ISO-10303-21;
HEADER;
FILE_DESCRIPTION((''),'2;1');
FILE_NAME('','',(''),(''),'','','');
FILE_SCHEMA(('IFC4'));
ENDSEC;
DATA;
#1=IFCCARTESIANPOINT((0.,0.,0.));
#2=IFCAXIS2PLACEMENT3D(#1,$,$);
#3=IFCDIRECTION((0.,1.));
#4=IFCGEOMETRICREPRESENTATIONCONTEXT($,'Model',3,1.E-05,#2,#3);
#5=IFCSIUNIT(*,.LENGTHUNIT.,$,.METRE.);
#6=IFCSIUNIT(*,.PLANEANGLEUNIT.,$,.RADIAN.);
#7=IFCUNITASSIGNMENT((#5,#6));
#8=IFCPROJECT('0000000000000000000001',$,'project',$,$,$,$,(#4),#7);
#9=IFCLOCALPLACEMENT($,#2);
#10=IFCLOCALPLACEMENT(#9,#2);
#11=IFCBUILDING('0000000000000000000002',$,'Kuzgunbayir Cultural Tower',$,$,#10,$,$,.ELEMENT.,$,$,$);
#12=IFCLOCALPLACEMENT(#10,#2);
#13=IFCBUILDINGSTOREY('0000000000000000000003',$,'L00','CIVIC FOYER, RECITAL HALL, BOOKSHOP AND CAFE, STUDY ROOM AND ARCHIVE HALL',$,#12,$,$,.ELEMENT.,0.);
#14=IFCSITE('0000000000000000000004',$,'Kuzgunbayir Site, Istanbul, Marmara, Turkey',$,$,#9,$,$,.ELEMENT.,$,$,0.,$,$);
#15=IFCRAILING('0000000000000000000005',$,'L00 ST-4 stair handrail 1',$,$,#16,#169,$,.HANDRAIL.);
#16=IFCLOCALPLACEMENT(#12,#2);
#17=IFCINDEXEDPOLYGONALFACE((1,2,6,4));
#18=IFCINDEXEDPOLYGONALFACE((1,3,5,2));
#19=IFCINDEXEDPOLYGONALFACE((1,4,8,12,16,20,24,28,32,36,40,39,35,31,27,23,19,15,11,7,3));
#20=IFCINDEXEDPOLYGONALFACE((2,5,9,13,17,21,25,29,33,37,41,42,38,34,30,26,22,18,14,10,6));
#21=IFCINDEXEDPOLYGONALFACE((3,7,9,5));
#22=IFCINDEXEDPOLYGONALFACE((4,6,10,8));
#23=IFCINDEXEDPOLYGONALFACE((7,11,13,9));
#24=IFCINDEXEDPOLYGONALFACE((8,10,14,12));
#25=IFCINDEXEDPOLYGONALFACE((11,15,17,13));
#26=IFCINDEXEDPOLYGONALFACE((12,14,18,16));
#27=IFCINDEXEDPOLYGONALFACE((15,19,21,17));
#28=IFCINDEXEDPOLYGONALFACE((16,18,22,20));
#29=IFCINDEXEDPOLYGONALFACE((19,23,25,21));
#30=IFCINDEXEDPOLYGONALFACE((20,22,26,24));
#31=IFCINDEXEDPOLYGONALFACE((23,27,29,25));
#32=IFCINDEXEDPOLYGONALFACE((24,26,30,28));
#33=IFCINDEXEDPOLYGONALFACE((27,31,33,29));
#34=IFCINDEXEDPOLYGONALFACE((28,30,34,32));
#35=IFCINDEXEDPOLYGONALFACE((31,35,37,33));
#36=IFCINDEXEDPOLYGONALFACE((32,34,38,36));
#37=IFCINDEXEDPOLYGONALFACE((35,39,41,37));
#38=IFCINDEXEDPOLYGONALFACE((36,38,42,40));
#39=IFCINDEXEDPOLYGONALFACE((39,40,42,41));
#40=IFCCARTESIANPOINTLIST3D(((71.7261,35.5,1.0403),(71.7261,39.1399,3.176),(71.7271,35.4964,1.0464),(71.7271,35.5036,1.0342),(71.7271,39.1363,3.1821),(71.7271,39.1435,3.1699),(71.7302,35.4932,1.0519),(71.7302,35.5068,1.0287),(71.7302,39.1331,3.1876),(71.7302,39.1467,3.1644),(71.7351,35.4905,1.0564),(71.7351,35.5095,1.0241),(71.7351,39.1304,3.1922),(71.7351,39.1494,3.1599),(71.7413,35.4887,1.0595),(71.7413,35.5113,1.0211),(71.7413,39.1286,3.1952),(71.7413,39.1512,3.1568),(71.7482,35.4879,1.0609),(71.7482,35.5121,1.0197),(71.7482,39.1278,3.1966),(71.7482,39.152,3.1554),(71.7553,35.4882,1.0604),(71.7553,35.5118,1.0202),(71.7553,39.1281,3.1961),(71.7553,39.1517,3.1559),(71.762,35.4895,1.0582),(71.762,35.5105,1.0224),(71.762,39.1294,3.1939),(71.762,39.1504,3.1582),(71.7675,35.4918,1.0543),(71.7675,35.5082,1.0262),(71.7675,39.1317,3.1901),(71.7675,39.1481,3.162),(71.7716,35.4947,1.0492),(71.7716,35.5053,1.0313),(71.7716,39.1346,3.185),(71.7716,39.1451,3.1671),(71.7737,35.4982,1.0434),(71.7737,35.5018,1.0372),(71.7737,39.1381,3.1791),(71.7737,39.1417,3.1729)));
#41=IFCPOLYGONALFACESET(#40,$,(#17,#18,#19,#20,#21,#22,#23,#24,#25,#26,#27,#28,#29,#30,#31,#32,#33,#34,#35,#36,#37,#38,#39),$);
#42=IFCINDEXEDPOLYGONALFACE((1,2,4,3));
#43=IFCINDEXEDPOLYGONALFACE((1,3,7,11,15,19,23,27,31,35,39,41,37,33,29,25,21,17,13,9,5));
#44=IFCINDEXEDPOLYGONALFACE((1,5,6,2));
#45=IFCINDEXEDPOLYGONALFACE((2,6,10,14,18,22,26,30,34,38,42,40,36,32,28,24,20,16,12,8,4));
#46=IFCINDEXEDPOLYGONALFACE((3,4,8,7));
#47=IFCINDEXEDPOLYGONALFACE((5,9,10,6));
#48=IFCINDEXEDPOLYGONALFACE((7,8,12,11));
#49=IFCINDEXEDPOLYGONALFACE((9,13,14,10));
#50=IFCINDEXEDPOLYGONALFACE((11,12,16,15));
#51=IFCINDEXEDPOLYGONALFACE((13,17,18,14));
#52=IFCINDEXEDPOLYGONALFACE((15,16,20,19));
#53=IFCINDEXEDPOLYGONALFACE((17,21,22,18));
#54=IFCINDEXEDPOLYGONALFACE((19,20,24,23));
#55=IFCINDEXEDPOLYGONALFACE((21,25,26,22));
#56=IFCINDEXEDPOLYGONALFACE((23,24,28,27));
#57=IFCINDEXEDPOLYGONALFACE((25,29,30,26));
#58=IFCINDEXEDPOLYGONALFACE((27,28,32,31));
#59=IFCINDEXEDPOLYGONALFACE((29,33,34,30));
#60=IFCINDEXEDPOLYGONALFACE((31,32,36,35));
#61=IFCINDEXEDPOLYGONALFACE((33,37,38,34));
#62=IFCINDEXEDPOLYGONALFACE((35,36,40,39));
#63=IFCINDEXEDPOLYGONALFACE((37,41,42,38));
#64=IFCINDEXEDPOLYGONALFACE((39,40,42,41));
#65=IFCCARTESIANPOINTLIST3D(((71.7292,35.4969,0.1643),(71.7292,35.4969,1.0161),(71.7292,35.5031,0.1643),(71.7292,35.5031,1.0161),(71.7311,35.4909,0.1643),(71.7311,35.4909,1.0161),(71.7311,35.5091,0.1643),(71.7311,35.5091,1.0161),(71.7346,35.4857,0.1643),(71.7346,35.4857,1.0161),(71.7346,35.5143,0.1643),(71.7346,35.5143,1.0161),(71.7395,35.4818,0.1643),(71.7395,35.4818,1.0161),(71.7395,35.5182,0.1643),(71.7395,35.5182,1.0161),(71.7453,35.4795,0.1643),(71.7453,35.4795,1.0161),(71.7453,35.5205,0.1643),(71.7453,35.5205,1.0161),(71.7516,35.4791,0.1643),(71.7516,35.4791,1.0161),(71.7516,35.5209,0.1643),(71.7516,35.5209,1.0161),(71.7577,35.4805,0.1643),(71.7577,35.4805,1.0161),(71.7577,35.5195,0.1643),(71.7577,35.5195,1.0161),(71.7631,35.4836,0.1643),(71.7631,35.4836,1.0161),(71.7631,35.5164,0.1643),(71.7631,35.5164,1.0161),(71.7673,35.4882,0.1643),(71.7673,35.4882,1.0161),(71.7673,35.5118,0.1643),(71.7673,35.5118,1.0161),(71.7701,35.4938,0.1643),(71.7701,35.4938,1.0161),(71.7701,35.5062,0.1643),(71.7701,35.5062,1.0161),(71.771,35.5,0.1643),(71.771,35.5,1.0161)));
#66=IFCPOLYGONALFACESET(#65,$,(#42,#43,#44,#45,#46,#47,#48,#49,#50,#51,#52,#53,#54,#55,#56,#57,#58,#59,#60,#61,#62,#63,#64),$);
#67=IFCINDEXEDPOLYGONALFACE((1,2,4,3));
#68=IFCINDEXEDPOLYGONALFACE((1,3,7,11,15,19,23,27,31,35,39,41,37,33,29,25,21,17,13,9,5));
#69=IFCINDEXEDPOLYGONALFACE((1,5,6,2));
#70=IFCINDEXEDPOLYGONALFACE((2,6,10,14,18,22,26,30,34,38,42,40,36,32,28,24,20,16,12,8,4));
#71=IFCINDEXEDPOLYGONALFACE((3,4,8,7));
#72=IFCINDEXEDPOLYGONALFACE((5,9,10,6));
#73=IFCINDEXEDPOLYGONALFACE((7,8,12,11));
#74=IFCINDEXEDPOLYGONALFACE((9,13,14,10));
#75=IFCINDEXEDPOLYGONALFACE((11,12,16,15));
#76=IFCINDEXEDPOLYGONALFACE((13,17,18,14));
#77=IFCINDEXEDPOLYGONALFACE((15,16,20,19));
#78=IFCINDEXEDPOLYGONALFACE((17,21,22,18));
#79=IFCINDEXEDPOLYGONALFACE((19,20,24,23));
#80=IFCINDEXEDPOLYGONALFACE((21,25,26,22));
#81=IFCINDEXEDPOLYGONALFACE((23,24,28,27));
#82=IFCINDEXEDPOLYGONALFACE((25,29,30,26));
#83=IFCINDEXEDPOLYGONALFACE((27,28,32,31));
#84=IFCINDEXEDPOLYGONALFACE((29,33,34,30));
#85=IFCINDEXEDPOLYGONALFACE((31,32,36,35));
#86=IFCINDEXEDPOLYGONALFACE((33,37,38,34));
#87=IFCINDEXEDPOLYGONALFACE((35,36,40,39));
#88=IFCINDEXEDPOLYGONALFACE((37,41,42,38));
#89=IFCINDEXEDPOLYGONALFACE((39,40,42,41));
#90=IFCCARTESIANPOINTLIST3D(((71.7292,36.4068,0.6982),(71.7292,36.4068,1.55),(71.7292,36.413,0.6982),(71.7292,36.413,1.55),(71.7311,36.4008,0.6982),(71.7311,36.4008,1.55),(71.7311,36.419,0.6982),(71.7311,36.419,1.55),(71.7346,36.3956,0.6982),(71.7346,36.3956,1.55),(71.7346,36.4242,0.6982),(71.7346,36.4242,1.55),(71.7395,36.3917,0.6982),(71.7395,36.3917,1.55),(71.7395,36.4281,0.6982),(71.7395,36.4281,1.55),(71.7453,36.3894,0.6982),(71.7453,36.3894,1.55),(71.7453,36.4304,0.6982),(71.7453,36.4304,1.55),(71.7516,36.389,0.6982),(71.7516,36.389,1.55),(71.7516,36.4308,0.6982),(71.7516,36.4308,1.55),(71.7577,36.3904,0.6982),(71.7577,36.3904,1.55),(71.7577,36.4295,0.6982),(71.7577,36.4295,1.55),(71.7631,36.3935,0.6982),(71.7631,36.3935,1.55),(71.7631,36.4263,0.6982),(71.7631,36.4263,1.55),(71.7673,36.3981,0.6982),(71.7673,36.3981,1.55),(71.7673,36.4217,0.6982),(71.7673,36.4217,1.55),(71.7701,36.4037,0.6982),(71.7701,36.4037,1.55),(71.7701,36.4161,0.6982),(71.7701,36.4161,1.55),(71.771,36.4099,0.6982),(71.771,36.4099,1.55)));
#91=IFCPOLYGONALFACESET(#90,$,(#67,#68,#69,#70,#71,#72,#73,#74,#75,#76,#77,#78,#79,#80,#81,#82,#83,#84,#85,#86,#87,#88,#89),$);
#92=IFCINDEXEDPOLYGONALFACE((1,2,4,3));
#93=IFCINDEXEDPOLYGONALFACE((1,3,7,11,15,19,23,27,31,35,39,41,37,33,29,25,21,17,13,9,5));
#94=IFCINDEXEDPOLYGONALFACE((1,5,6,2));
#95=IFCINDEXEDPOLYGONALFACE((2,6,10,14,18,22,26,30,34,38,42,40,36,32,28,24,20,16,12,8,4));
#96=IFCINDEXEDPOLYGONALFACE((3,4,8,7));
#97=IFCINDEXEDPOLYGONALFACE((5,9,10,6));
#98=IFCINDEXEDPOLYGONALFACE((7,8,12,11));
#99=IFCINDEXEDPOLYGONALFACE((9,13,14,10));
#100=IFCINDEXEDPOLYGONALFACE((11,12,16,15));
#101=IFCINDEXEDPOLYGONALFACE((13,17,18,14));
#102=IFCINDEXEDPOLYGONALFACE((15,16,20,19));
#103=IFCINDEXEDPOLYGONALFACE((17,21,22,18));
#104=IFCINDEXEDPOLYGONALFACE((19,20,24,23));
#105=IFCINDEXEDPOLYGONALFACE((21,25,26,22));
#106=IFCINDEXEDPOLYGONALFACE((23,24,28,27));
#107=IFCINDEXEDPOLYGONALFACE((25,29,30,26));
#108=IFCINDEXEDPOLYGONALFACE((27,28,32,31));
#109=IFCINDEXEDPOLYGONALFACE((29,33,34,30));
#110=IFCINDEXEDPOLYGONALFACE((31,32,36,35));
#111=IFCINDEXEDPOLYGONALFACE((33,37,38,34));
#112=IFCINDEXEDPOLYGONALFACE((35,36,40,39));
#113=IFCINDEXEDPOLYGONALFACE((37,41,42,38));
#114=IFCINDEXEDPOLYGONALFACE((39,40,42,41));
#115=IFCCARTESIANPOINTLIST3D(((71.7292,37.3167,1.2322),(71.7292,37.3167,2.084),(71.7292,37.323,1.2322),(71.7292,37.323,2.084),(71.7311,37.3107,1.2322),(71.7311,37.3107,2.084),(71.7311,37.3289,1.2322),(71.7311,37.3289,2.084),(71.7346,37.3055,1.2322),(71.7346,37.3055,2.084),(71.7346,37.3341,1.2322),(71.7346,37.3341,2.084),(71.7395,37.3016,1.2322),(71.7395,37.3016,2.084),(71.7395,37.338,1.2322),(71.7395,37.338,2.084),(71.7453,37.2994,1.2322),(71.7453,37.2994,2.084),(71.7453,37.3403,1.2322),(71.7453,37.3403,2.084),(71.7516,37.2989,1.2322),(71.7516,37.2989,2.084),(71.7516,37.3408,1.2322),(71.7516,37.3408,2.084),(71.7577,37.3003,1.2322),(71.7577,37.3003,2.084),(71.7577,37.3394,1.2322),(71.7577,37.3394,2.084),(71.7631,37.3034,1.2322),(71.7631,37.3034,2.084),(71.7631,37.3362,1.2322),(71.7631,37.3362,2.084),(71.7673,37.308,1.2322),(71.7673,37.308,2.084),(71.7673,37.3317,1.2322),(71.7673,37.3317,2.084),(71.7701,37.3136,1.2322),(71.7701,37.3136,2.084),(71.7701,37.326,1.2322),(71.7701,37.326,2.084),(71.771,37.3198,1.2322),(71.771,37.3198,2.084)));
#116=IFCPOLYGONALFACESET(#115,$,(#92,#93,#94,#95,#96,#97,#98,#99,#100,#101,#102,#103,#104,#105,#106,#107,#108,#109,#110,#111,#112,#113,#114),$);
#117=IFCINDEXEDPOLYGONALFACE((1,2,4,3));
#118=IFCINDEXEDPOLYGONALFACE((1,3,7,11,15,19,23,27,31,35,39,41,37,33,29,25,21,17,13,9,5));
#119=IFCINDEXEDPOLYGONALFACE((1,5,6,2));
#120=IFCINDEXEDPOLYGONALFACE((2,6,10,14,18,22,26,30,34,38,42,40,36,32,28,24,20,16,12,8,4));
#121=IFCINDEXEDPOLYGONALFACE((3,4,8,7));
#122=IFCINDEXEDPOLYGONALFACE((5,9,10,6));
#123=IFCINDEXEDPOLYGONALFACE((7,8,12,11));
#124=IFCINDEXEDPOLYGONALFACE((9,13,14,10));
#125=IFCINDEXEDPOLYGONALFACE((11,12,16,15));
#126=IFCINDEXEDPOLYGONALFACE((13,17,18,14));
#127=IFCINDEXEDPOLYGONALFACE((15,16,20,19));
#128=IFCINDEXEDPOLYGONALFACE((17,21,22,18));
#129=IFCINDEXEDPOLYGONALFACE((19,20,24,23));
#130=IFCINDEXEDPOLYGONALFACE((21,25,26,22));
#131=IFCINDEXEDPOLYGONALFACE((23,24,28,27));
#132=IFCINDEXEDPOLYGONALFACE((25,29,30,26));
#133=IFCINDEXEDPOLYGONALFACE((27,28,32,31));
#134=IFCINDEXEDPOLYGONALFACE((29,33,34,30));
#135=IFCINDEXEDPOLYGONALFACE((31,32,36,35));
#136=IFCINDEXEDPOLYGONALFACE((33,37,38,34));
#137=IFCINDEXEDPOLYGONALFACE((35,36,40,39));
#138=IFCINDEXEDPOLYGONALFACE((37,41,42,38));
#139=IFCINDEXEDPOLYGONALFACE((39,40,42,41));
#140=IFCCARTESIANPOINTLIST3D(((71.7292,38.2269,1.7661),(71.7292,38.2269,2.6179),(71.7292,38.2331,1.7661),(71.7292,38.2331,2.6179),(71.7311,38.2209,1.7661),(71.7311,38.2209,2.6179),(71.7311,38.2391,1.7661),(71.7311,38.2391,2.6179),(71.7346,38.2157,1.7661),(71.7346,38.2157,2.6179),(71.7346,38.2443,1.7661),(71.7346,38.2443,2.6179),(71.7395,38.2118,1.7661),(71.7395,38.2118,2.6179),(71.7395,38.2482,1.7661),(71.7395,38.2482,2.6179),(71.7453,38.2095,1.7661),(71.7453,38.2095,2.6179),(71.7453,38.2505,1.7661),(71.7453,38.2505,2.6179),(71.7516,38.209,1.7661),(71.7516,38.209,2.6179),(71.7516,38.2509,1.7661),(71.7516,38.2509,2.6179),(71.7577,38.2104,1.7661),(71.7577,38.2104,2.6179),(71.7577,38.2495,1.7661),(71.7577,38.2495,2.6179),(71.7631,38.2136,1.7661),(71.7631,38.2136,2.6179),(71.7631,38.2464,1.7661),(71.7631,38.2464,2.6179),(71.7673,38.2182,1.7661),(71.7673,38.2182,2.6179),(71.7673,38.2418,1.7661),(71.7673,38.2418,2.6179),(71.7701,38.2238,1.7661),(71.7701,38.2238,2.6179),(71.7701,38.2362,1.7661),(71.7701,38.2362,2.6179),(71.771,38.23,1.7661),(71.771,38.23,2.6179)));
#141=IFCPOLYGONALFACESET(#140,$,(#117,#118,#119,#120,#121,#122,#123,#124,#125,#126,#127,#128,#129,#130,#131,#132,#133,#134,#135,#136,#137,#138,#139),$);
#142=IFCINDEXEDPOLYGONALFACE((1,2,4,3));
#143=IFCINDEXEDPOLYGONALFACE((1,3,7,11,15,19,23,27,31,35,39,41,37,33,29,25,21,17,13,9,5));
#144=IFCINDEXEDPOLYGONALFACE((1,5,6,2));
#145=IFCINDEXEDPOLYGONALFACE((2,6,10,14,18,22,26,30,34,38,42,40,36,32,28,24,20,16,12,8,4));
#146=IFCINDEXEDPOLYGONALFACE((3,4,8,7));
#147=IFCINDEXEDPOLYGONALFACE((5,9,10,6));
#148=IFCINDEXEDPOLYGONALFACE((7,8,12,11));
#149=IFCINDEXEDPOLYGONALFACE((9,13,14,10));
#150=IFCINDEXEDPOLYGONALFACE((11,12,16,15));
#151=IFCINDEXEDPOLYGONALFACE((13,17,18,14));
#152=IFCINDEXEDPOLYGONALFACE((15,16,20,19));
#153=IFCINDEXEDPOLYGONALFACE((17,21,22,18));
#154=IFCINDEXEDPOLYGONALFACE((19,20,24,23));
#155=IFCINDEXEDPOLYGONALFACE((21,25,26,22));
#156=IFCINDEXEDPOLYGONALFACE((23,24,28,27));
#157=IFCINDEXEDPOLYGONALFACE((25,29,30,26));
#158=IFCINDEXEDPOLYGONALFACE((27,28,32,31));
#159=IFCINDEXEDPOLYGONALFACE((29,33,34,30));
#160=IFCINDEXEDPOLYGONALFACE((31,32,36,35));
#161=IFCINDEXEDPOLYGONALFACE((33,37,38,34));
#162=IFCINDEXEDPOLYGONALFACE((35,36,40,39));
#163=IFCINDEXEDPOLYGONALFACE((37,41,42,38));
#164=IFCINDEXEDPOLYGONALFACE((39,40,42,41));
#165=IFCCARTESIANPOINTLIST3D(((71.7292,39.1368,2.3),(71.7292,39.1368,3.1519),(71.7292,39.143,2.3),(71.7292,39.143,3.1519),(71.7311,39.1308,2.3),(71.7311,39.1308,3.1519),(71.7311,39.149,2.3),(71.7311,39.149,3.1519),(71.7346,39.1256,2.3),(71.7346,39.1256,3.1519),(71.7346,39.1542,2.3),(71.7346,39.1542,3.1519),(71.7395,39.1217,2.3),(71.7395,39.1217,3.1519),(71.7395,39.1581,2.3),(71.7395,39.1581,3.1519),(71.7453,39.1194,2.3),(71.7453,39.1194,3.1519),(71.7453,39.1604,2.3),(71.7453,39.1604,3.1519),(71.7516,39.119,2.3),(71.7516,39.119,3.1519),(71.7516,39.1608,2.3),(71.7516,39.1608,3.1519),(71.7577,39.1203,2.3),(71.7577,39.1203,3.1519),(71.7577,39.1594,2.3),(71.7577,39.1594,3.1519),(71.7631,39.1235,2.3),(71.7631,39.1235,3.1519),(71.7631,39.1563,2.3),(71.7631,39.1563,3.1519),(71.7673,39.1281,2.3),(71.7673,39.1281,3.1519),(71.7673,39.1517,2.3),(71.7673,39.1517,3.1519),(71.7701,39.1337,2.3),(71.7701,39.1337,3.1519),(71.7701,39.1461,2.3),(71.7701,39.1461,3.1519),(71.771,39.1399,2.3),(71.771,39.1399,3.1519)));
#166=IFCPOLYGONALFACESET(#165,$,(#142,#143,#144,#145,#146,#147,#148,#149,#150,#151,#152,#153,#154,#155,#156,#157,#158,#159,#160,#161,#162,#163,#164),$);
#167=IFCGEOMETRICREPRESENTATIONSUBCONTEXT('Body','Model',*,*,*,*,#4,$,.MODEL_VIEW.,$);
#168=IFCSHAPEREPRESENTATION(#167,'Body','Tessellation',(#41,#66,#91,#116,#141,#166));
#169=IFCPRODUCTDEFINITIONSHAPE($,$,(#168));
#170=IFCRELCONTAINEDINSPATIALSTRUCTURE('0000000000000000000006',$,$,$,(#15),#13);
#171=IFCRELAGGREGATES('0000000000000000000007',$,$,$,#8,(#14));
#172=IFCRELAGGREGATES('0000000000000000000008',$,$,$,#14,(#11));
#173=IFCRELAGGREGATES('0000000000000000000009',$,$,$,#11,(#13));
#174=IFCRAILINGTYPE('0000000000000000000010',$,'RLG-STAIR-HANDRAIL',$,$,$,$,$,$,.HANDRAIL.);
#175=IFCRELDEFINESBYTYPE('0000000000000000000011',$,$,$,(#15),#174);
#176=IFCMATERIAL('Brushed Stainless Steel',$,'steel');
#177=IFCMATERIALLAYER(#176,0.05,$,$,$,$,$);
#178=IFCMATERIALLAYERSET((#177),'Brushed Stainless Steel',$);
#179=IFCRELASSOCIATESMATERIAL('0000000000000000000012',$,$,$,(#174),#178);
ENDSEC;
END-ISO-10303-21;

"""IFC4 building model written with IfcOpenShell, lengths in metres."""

from ifc_helpers import new_model, si_unit, direction, frame, origin, origin_2d, place, context, subcontext, project, spatial, circle, extrude, material, layer, layer_set, type_object, element, save


model = new_model("IFC4")

# Units and contexts
model_context = context("Model", 3, precision=1e-05, world=origin(), true_north=direction((0.0, 1.0)))
body_context = subcontext(model_context, "Body", "Model", "MODEL_VIEW")
ifc_project = project(units=[si_unit("LENGTHUNIT", "METRE"), si_unit("PLANEANGLEUNIT", "RADIAN")], contexts=[model_context])

# Site, building, storey
site_placement = place(None, origin())
site = spatial("IfcSite", under=ifc_project, at=site_placement, Name="Kuzgunbayir Site, Istanbul, Marmara, Turkey", CompositionType="ELEMENT", RefElevation=0.0)
building_placement = place(site_placement, origin())
building = spatial("IfcBuilding", under=site, at=building_placement, Name="Kuzgunbayir Cultural Tower", CompositionType="ELEMENT")
storey_placement = place(building_placement, origin())
storey = spatial("IfcBuildingStorey", under=building, at=storey_placement, Name="L00", Description="CIVIC FOYER, RECITAL HALL, BOOKSHOP AND CAFE, STUDY ROOM AND ARCHIVE HALL", CompositionType="ELEMENT", Elevation=0.0)

# Shared definitions
ifc_material_1 = material(Name="Brushed Stainless Steel", Category="steel")

# Railing
ifc_layer_1 = layer(ifc_material_1, 0.05)
ifc_layer_set_1 = layer_set([ifc_layer_1], Name="Brushed Stainless Steel")
railing_type_1 = type_object("IfcRailingType", Name="RLG-STAIR-HANDRAIL", PredefinedType="HANDRAIL", material=ifc_layer_set_1)
railing_1_placement = place(storey_placement, frame((71.75, 35.5, 0.1643)))
element("IfcRailing", 1, at=railing_1_placement, inside=storey, type_object=railing_type_1, Name="L00 ST-4 stair handrail 1", PredefinedType="HANDRAIL", context=body_context, shape_type="SweptSolid", body=[
    extrude(circle(Radius=0.0239, at=origin_2d()), frame((0.0, 0.0, 0.876), z_axis=(0.0, 0.86249, 0.506074), x_axis=(-1.0, 0.0, 0.0)), (0.0, 0.0, 1.0), 4.2202),
    extrude(circle(Radius=0.021, at=origin_2d()), origin(), (0.0, 0.0, 1.0), 0.8518),
    extrude(circle(Radius=0.021, at=origin_2d()), frame((0.0, 0.9099, 0.5339)), (0.0, 0.0, 1.0), 0.8518),
    extrude(circle(Radius=0.021, at=origin_2d()), frame((0.0, 1.8198, 1.0679)), (0.0, 0.0, 1.0), 0.8518),
    extrude(circle(Radius=0.021, at=origin_2d()), frame((0.0, 2.73, 1.6018)), (0.0, 0.0, 1.0), 0.8518),
    extrude(circle(Radius=0.021, at=origin_2d()), frame((0.0, 3.6399, 2.1357)), (0.0, 0.0, 1.0), 0.8518),
])

save(model, "model.ifc")
